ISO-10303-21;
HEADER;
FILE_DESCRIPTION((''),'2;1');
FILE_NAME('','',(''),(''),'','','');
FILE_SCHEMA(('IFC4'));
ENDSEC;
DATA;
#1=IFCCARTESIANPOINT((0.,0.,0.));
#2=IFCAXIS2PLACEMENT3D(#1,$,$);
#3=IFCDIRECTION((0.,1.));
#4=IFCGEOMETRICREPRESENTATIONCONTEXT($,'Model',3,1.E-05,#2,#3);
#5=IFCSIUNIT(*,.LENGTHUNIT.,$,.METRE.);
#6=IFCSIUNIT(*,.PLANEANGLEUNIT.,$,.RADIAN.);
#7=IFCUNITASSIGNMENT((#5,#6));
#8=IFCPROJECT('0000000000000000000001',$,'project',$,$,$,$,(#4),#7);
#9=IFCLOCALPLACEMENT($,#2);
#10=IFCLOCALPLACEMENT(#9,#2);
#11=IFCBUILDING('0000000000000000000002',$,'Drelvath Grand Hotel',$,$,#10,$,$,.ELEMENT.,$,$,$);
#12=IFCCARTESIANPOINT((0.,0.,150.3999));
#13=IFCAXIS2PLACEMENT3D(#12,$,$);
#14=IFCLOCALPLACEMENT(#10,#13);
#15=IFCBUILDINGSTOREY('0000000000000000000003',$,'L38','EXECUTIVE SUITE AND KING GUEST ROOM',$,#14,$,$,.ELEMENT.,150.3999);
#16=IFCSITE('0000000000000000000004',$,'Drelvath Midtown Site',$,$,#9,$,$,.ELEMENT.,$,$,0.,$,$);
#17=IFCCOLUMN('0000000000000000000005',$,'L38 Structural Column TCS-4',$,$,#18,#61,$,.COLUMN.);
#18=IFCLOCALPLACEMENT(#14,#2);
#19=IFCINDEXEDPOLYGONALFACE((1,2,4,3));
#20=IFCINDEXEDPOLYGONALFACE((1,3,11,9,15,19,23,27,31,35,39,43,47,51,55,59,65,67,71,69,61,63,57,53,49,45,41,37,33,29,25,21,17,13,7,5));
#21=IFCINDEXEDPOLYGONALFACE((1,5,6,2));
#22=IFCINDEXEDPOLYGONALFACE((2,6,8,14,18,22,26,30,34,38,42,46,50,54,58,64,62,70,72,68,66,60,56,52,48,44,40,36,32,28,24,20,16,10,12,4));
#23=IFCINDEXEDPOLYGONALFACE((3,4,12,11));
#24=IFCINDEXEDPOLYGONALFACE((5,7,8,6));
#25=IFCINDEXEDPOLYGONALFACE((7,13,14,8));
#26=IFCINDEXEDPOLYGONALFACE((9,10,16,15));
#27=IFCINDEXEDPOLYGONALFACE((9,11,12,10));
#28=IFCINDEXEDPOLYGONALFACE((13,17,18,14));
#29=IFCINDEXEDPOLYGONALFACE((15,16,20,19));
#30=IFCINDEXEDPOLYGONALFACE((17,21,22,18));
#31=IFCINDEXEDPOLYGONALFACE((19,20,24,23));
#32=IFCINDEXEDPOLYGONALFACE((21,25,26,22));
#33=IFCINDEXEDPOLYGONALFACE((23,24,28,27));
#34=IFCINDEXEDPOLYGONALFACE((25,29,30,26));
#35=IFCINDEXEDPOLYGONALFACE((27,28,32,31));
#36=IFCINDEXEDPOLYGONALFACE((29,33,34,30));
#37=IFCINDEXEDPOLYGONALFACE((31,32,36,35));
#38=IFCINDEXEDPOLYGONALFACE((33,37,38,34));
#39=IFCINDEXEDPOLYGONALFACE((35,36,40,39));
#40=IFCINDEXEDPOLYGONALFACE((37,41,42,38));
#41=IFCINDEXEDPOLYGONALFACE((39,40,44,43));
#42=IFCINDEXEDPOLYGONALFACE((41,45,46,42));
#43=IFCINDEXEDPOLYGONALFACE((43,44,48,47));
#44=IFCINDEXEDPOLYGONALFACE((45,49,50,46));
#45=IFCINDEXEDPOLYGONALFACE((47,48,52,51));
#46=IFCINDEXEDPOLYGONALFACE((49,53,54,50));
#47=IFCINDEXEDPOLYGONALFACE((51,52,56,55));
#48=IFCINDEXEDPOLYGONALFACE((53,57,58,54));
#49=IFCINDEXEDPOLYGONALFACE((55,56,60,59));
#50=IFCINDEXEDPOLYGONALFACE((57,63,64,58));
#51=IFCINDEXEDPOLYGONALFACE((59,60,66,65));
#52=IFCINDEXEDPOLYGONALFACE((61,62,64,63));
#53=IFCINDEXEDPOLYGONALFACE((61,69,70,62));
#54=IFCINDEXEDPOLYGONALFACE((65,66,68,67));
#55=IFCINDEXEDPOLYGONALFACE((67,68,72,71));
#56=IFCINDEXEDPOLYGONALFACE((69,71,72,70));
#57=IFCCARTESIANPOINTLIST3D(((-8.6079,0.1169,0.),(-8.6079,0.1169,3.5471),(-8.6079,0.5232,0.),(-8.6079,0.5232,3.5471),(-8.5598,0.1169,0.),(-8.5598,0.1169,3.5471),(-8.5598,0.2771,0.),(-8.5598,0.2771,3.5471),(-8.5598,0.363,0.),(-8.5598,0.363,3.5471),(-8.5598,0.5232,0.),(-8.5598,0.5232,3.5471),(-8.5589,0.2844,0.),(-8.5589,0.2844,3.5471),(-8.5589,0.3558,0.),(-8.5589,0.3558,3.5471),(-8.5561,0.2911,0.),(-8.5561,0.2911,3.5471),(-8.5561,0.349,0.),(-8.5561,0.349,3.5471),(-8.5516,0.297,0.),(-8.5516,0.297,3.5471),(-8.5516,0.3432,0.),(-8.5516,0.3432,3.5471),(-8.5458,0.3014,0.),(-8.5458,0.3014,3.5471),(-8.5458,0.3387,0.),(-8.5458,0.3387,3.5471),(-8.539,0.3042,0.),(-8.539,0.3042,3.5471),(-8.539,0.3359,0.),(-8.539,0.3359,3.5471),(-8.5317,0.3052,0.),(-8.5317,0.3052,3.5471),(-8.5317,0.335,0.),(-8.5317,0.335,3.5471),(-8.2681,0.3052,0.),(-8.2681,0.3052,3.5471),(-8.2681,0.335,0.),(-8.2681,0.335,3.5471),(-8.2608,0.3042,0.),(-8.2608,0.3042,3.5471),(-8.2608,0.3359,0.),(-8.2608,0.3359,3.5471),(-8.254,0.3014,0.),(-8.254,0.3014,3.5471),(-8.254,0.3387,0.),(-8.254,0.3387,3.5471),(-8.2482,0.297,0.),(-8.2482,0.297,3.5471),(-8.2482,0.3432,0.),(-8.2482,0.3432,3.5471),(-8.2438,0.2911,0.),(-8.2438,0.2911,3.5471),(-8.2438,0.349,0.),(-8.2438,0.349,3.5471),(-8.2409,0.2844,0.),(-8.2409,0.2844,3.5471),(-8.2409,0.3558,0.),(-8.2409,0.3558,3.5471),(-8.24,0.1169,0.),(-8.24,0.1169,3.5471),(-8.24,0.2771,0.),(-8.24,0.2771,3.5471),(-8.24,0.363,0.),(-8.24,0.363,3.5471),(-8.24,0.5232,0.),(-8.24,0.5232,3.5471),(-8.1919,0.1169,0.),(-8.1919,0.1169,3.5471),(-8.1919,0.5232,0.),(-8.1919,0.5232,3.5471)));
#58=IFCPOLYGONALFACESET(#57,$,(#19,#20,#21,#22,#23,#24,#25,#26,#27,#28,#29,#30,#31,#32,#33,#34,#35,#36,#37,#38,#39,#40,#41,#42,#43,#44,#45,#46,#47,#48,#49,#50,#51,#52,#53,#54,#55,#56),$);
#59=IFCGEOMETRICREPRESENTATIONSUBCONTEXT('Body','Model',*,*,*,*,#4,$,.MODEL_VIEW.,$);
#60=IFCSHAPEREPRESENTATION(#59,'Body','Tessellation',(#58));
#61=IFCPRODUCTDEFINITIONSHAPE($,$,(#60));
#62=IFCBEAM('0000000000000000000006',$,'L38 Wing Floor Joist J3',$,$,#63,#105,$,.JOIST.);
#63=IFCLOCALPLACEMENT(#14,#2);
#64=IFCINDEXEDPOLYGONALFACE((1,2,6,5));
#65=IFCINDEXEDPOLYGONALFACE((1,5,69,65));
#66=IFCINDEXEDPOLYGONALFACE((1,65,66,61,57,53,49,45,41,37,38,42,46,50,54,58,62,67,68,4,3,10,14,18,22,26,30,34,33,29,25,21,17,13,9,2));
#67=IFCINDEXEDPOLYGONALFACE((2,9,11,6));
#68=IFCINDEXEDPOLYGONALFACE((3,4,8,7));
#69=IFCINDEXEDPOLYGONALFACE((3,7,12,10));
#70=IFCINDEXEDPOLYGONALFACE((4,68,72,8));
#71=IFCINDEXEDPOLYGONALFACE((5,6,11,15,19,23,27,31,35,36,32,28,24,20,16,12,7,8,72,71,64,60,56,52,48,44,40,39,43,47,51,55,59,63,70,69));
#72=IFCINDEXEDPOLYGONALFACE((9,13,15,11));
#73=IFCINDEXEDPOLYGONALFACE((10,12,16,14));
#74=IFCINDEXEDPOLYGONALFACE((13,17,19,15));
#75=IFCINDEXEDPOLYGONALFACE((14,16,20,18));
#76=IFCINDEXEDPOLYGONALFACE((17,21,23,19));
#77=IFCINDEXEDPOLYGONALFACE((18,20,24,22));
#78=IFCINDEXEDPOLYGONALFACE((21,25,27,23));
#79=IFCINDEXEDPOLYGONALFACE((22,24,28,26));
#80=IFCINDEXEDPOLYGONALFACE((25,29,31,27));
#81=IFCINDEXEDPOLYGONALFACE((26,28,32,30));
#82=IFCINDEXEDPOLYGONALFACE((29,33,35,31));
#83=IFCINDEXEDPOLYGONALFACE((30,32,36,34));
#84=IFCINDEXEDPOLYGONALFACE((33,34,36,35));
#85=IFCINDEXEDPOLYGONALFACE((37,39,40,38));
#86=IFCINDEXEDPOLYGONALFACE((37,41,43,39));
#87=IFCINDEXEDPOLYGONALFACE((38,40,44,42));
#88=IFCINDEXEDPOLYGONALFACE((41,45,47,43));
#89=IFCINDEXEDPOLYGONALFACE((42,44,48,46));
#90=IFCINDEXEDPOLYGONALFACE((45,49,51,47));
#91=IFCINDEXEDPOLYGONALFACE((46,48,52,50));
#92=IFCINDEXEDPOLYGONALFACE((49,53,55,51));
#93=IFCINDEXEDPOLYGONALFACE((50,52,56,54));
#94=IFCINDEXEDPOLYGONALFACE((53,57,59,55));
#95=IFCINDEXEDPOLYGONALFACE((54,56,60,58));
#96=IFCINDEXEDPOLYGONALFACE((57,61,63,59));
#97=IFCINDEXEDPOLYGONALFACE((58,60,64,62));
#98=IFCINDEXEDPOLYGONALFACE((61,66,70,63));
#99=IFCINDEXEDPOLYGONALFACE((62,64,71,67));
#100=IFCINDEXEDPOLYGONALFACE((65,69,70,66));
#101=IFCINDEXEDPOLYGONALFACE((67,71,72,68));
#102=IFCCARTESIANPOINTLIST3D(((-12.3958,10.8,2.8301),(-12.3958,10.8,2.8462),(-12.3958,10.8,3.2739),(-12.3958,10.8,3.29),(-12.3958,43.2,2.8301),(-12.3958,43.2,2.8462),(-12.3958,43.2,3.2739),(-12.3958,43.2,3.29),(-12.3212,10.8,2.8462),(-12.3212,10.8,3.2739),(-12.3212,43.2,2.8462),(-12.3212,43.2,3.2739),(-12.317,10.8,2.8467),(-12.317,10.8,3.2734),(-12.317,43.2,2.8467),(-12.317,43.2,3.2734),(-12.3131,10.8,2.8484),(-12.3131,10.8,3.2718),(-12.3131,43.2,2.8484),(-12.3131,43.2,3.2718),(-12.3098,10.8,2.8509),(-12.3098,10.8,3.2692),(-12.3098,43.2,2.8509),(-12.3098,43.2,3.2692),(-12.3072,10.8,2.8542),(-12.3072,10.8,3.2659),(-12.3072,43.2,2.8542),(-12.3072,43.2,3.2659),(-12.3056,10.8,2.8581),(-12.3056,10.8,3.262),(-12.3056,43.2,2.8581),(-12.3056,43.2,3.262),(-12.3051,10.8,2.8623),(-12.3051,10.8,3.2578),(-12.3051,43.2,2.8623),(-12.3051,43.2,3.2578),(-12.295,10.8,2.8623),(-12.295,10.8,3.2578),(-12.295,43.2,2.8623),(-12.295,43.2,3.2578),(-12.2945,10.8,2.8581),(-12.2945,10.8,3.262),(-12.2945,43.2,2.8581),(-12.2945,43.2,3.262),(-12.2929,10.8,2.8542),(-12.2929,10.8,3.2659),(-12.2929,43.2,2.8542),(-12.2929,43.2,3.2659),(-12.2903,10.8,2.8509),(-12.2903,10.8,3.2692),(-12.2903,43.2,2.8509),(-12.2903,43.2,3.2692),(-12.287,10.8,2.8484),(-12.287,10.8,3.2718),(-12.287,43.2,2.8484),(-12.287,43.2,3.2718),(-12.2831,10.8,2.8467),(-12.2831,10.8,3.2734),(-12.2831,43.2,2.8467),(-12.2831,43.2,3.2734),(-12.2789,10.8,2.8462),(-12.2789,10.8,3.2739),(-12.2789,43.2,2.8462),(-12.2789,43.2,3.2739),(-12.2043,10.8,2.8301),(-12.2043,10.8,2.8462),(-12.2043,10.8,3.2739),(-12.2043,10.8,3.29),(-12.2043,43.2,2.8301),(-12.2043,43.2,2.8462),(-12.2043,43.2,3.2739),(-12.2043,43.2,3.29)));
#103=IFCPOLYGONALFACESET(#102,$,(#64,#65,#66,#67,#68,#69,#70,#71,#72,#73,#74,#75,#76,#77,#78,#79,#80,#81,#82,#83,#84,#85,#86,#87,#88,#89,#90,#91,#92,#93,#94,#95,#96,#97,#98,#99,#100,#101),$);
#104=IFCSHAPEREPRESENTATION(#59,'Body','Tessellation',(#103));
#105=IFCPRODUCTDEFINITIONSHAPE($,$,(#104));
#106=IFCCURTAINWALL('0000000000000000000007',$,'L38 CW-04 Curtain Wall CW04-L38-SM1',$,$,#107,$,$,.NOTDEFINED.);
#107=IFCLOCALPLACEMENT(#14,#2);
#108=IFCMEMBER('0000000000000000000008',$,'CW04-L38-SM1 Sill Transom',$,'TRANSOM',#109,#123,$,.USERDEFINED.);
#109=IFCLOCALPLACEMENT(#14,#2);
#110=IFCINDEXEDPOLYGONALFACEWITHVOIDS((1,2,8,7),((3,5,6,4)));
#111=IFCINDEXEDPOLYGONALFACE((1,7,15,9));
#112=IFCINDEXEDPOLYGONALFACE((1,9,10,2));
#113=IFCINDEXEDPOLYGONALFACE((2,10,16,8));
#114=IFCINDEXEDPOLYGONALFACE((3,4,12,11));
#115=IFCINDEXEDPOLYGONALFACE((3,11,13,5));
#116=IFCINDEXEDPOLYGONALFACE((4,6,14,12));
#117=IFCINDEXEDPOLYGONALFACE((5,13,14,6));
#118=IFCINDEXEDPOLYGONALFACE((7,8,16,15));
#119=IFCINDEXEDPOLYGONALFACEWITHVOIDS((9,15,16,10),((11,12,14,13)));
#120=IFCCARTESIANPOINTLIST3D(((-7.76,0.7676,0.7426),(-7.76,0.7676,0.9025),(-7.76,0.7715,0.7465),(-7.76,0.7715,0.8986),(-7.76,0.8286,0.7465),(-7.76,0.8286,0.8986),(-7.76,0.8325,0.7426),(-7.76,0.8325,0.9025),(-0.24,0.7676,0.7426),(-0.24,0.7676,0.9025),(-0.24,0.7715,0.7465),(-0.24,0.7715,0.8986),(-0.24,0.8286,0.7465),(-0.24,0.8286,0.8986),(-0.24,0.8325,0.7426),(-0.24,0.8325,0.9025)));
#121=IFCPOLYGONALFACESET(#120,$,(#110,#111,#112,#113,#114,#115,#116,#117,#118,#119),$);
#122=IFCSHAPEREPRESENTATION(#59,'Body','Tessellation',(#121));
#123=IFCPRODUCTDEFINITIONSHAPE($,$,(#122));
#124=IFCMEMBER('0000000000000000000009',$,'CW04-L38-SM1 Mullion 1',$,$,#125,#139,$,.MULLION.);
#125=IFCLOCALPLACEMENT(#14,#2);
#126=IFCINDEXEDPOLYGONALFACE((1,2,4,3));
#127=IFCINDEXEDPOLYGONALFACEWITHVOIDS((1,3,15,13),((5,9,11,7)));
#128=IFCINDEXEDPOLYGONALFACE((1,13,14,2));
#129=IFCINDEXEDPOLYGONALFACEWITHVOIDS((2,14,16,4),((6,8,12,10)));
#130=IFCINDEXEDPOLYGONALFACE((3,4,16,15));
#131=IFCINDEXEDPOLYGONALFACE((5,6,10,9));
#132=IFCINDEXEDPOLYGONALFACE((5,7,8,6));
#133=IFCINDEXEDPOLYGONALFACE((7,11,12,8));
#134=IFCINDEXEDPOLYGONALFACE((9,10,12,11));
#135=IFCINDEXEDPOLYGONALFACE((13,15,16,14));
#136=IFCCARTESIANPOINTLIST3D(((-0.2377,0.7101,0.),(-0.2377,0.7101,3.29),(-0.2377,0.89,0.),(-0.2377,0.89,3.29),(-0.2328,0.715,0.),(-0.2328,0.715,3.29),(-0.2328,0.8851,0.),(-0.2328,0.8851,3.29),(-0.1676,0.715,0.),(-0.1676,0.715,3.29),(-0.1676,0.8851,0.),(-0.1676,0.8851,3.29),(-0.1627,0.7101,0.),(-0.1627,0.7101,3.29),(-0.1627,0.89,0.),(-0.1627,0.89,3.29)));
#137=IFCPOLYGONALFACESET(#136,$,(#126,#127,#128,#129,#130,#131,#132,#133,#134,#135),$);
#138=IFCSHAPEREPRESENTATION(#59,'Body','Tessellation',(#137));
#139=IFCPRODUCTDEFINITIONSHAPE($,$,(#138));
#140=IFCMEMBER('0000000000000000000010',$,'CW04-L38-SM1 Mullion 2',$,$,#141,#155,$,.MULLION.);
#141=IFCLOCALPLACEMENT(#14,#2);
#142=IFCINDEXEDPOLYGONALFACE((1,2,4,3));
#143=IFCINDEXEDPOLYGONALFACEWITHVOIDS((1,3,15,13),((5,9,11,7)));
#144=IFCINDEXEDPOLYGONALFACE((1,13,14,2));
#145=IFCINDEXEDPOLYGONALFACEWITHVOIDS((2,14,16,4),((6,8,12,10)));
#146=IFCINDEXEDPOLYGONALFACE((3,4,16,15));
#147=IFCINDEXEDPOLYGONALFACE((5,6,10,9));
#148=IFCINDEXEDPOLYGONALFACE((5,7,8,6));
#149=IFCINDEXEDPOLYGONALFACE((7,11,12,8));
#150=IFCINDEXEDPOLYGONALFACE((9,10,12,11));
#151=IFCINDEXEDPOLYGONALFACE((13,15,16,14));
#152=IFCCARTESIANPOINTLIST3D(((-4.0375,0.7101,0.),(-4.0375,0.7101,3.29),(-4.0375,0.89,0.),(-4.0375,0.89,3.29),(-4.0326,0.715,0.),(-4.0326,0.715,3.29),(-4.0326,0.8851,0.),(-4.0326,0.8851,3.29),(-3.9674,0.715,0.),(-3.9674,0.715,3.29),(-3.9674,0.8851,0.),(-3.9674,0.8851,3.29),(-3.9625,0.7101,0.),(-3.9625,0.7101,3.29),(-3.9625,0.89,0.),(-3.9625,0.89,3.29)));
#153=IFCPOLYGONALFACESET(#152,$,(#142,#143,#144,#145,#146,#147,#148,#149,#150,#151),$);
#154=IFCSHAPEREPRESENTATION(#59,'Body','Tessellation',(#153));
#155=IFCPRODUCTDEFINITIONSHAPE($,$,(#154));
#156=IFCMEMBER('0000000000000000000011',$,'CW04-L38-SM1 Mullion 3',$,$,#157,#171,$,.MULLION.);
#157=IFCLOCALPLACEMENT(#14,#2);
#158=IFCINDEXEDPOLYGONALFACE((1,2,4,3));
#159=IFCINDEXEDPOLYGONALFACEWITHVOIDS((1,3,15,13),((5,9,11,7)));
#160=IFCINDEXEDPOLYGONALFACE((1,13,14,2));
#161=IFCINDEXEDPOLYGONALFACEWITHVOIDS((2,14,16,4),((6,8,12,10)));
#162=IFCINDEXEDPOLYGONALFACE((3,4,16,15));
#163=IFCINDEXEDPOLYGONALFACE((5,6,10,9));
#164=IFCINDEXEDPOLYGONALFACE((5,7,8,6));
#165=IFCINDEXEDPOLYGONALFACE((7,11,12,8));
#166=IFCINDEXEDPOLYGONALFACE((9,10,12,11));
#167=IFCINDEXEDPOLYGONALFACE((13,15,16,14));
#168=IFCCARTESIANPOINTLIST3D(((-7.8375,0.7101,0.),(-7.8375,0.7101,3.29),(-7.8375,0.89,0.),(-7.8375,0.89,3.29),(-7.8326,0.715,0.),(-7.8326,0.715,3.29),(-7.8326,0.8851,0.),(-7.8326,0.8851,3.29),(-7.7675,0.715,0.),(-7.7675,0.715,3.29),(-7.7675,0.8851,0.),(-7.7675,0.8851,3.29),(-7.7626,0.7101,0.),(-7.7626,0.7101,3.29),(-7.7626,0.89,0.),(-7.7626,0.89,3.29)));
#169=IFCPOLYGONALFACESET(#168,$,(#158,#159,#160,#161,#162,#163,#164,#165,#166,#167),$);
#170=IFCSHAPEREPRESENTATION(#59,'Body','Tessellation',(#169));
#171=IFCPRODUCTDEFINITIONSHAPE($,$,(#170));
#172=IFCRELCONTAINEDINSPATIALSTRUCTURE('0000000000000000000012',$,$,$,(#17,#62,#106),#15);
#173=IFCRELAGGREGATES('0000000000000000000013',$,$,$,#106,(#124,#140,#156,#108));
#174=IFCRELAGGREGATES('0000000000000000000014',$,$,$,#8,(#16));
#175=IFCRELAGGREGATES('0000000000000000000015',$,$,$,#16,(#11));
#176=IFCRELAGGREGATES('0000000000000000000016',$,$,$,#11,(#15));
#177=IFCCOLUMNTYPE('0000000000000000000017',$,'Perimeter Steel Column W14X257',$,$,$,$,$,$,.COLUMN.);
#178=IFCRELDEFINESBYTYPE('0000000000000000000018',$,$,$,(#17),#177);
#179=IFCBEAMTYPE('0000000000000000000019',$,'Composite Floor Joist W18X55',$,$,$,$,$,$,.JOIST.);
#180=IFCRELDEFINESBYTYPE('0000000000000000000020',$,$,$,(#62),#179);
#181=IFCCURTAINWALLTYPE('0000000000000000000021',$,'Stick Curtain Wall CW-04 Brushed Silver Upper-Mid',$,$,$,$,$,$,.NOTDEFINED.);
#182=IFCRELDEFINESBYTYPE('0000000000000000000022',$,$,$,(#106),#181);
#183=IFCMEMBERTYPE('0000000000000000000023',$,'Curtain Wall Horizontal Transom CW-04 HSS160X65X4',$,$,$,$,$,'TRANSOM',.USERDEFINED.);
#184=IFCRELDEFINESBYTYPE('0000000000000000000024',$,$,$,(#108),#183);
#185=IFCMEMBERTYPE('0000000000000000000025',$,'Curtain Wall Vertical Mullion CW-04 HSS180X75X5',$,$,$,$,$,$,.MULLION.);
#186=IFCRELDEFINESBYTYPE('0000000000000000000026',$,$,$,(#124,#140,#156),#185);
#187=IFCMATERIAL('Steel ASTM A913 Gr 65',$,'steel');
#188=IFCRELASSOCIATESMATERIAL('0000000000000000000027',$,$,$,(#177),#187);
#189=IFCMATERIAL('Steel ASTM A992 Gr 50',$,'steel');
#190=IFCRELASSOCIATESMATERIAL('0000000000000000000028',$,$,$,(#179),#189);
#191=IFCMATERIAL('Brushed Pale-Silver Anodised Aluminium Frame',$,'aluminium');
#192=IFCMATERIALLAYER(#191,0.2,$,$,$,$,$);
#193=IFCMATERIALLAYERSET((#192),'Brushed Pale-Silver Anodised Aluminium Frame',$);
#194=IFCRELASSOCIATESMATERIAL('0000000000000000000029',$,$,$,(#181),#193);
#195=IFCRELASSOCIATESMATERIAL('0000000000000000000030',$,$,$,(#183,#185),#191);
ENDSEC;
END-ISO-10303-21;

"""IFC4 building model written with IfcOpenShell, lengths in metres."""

from ifc_helpers import new_model, si_unit, direction, frame, origin, origin_2d, place, context, subcontext, project, spatial, hollow_rectangle, i_section, extrude, material, layer, layer_set, material_profile, profile_set, type_object, element, aggregate, save


model = new_model("IFC4")

# Units and contexts
model_context = context("Model", 3, precision=1e-05, world=origin(), true_north=direction((0.0, 1.0)))
body_context = subcontext(model_context, "Body", "Model", "MODEL_VIEW")
ifc_project = project(units=[si_unit("LENGTHUNIT", "METRE"), si_unit("PLANEANGLEUNIT", "RADIAN")], contexts=[model_context])

# Site, building, storey
site_placement = place(None, origin())
site = spatial("IfcSite", under=ifc_project, at=site_placement, Name="Drelvath Midtown Site", CompositionType="ELEMENT", RefElevation=0.0)
building_placement = place(site_placement, origin())
building = spatial("IfcBuilding", under=site, at=building_placement, Name="Drelvath Grand Hotel", CompositionType="ELEMENT")
storey_placement = place(building_placement, frame((0.0, 0.0, 150.3999)))
storey = spatial("IfcBuildingStorey", under=building, at=storey_placement, Name="L38", Description="EXECUTIVE SUITE AND KING GUEST ROOM", CompositionType="ELEMENT", Elevation=150.3999)

# Column
ifc_material_1 = material(Name="Steel ASTM A913 Gr 65", Category="steel")
ifc_material_profile_1 = material_profile(ifc_material_1, i_section(OverallWidth=0.4062, OverallDepth=0.416, WebThickness=0.0298, FlangeThickness=0.0481, FilletRadius=0.0281, at=origin_2d()), Name="W14X257")
ifc_profile_set_1 = profile_set([ifc_material_profile_1], Name="Steel ASTM A913 Gr 65")
column_type = type_object("IfcColumnType", Name="Perimeter Steel Column W14X257", PredefinedType="COLUMN", material=ifc_profile_set_1)
column_placement = place(storey_placement, frame((-8.3999, 0.3201, 0.0), z_axis=(0.0, 0.0, 1.0), x_axis=(0.0, 1.0, 0.0)))
element("IfcColumn", 1, at=column_placement, inside=storey, type_object=column_type, Name="L38 Structural Column TCS-4", PredefinedType="COLUMN", context=body_context, shape_type="SweptSolid", body=[
    extrude(i_section(OverallWidth=0.4062, OverallDepth=0.416, WebThickness=0.0298, FlangeThickness=0.0481, FilletRadius=0.0281, at=origin_2d()), origin(), (0.0, 0.0, 1.0), 3.5471),
])

# Beam
ifc_material_2 = material(Name="Steel ASTM A992 Gr 50", Category="steel")
ifc_material_profile_2 = material_profile(ifc_material_2, i_section(OverallWidth=0.1914, OverallDepth=0.46, WebThickness=0.01, FlangeThickness=0.0161, FilletRadius=0.0161, at=origin_2d()), Name="W18X55")
ifc_profile_set_2 = profile_set([ifc_material_profile_2], Name="Steel ASTM A992 Gr 50")
beam_type_1 = type_object("IfcBeamType", Name="Composite Floor Joist W18X55", PredefinedType="JOIST", material=ifc_profile_set_2)
beam_1_placement = place(storey_placement, frame((-12.3, 10.8, 3.0601), z_axis=(0.0, 1.0, 0.0), x_axis=(-1.0, 0.0, 0.0)))
element("IfcBeam", 2, at=beam_1_placement, inside=storey, type_object=beam_type_1, Name="L38 Wing Floor Joist J3", PredefinedType="JOIST", context=body_context, shape_type="SweptSolid", body=[
    extrude(i_section(OverallWidth=0.1914, OverallDepth=0.46, WebThickness=0.01, FlangeThickness=0.0161, FilletRadius=0.0161, at=origin_2d()), origin(), (0.0, 0.0, 1.0), 32.3999),
])

# Curtain wall, members
ifc_material_3 = material(Name="Brushed Pale-Silver Anodised Aluminium Frame", Category="aluminium")
ifc_layer_1 = layer(ifc_material_3, 0.2)
ifc_layer_set_1 = layer_set([ifc_layer_1], Name="Brushed Pale-Silver Anodised Aluminium Frame")
curtain_wall_type = type_object("IfcCurtainWallType", Name="Stick Curtain Wall CW-04 Brushed Silver Upper-Mid", PredefinedType="NOTDEFINED", material=ifc_layer_set_1)
curtain_wall_placement = place(storey_placement, origin())
curtain_wall = element("IfcCurtainWall", 3, at=curtain_wall_placement, inside=storey, type_object=curtain_wall_type, Name="L38 CW-04 Curtain Wall CW04-L38-SM1", PredefinedType="NOTDEFINED")
ifc_material_profile_3 = material_profile(ifc_material_3, hollow_rectangle(XDim=0.0649, YDim=0.1599, WallThickness=0.0039, at=origin_2d()), Name="HSS160X65X4")
ifc_profile_set_3 = profile_set([ifc_material_profile_3], Name="Brushed Pale-Silver Anodised Aluminium Frame")
member_type_1 = type_object("IfcMemberType", Name="Curtain Wall Horizontal Transom CW-04 HSS160X65X4", ElementType="TRANSOM", PredefinedType="USERDEFINED", material=ifc_profile_set_3)
member_1_placement = place(storey_placement, frame((-0.24, 0.8, 0.8225), z_axis=(-1.0, 0.0, 0.0), x_axis=(0.0, -1.0, 0.0)))
member_1 = element("IfcMember", 4, at=member_1_placement, type_object=member_type_1, Name="CW04-L38-SM1 Sill Transom", ObjectType="TRANSOM", PredefinedType="USERDEFINED", context=body_context, shape_type="SweptSolid", body=[
    extrude(hollow_rectangle(XDim=0.0649, YDim=0.1599, WallThickness=0.0039, at=origin_2d()), origin(), (0.0, 0.0, 1.0), 7.52),
])
ifc_material_profile_4 = material_profile(ifc_material_3, hollow_rectangle(XDim=0.075, YDim=0.1799, WallThickness=0.0049, at=origin_2d()), Name="HSS180X75X5")
ifc_profile_set_4 = profile_set([ifc_material_profile_4], Name="Brushed Pale-Silver Anodised Aluminium Frame")
member_type_2 = type_object("IfcMemberType", Name="Curtain Wall Vertical Mullion CW-04 HSS180X75X5", PredefinedType="MULLION", material=ifc_profile_set_4)
member_2_placement = place(storey_placement, frame((-0.2002, 0.8, 0.0), z_axis=(0.0, 0.0, 1.0), x_axis=(1.0, 0.0, 0.0)))
member_2 = element("IfcMember", 5, at=member_2_placement, type_object=member_type_2, Name="CW04-L38-SM1 Mullion 1", PredefinedType="MULLION", context=body_context, shape_type="SweptSolid", body=[
    extrude(hollow_rectangle(XDim=0.075, YDim=0.1799, WallThickness=0.0049, at=origin_2d()), origin(), (0.0, 0.0, 1.0), 3.29),
])
member_3_placement = place(storey_placement, frame((-4.0, 0.8, 0.0), z_axis=(0.0, 0.0, 1.0), x_axis=(1.0, 0.0, 0.0)))
member_3 = element("IfcMember", 6, at=member_3_placement, type_object=member_type_2, Name="CW04-L38-SM1 Mullion 2", PredefinedType="MULLION", context=body_context, shape_type="SweptSolid", body=[
    extrude(hollow_rectangle(XDim=0.075, YDim=0.1799, WallThickness=0.0049, at=origin_2d()), origin(), (0.0, 0.0, 1.0), 3.29),
])
member_4_placement = place(storey_placement, frame((-7.8, 0.8, 0.0), z_axis=(0.0, 0.0, 1.0), x_axis=(1.0, 0.0, 0.0)))
member_4 = element("IfcMember", 7, at=member_4_placement, type_object=member_type_2, Name="CW04-L38-SM1 Mullion 3", PredefinedType="MULLION", context=body_context, shape_type="SweptSolid", body=[
    extrude(hollow_rectangle(XDim=0.075, YDim=0.1799, WallThickness=0.0049, at=origin_2d()), origin(), (0.0, 0.0, 1.0), 3.29),
])

aggregate(curtain_wall, [member_2, member_3, member_4, member_1])

save(model, "model.ifc")
